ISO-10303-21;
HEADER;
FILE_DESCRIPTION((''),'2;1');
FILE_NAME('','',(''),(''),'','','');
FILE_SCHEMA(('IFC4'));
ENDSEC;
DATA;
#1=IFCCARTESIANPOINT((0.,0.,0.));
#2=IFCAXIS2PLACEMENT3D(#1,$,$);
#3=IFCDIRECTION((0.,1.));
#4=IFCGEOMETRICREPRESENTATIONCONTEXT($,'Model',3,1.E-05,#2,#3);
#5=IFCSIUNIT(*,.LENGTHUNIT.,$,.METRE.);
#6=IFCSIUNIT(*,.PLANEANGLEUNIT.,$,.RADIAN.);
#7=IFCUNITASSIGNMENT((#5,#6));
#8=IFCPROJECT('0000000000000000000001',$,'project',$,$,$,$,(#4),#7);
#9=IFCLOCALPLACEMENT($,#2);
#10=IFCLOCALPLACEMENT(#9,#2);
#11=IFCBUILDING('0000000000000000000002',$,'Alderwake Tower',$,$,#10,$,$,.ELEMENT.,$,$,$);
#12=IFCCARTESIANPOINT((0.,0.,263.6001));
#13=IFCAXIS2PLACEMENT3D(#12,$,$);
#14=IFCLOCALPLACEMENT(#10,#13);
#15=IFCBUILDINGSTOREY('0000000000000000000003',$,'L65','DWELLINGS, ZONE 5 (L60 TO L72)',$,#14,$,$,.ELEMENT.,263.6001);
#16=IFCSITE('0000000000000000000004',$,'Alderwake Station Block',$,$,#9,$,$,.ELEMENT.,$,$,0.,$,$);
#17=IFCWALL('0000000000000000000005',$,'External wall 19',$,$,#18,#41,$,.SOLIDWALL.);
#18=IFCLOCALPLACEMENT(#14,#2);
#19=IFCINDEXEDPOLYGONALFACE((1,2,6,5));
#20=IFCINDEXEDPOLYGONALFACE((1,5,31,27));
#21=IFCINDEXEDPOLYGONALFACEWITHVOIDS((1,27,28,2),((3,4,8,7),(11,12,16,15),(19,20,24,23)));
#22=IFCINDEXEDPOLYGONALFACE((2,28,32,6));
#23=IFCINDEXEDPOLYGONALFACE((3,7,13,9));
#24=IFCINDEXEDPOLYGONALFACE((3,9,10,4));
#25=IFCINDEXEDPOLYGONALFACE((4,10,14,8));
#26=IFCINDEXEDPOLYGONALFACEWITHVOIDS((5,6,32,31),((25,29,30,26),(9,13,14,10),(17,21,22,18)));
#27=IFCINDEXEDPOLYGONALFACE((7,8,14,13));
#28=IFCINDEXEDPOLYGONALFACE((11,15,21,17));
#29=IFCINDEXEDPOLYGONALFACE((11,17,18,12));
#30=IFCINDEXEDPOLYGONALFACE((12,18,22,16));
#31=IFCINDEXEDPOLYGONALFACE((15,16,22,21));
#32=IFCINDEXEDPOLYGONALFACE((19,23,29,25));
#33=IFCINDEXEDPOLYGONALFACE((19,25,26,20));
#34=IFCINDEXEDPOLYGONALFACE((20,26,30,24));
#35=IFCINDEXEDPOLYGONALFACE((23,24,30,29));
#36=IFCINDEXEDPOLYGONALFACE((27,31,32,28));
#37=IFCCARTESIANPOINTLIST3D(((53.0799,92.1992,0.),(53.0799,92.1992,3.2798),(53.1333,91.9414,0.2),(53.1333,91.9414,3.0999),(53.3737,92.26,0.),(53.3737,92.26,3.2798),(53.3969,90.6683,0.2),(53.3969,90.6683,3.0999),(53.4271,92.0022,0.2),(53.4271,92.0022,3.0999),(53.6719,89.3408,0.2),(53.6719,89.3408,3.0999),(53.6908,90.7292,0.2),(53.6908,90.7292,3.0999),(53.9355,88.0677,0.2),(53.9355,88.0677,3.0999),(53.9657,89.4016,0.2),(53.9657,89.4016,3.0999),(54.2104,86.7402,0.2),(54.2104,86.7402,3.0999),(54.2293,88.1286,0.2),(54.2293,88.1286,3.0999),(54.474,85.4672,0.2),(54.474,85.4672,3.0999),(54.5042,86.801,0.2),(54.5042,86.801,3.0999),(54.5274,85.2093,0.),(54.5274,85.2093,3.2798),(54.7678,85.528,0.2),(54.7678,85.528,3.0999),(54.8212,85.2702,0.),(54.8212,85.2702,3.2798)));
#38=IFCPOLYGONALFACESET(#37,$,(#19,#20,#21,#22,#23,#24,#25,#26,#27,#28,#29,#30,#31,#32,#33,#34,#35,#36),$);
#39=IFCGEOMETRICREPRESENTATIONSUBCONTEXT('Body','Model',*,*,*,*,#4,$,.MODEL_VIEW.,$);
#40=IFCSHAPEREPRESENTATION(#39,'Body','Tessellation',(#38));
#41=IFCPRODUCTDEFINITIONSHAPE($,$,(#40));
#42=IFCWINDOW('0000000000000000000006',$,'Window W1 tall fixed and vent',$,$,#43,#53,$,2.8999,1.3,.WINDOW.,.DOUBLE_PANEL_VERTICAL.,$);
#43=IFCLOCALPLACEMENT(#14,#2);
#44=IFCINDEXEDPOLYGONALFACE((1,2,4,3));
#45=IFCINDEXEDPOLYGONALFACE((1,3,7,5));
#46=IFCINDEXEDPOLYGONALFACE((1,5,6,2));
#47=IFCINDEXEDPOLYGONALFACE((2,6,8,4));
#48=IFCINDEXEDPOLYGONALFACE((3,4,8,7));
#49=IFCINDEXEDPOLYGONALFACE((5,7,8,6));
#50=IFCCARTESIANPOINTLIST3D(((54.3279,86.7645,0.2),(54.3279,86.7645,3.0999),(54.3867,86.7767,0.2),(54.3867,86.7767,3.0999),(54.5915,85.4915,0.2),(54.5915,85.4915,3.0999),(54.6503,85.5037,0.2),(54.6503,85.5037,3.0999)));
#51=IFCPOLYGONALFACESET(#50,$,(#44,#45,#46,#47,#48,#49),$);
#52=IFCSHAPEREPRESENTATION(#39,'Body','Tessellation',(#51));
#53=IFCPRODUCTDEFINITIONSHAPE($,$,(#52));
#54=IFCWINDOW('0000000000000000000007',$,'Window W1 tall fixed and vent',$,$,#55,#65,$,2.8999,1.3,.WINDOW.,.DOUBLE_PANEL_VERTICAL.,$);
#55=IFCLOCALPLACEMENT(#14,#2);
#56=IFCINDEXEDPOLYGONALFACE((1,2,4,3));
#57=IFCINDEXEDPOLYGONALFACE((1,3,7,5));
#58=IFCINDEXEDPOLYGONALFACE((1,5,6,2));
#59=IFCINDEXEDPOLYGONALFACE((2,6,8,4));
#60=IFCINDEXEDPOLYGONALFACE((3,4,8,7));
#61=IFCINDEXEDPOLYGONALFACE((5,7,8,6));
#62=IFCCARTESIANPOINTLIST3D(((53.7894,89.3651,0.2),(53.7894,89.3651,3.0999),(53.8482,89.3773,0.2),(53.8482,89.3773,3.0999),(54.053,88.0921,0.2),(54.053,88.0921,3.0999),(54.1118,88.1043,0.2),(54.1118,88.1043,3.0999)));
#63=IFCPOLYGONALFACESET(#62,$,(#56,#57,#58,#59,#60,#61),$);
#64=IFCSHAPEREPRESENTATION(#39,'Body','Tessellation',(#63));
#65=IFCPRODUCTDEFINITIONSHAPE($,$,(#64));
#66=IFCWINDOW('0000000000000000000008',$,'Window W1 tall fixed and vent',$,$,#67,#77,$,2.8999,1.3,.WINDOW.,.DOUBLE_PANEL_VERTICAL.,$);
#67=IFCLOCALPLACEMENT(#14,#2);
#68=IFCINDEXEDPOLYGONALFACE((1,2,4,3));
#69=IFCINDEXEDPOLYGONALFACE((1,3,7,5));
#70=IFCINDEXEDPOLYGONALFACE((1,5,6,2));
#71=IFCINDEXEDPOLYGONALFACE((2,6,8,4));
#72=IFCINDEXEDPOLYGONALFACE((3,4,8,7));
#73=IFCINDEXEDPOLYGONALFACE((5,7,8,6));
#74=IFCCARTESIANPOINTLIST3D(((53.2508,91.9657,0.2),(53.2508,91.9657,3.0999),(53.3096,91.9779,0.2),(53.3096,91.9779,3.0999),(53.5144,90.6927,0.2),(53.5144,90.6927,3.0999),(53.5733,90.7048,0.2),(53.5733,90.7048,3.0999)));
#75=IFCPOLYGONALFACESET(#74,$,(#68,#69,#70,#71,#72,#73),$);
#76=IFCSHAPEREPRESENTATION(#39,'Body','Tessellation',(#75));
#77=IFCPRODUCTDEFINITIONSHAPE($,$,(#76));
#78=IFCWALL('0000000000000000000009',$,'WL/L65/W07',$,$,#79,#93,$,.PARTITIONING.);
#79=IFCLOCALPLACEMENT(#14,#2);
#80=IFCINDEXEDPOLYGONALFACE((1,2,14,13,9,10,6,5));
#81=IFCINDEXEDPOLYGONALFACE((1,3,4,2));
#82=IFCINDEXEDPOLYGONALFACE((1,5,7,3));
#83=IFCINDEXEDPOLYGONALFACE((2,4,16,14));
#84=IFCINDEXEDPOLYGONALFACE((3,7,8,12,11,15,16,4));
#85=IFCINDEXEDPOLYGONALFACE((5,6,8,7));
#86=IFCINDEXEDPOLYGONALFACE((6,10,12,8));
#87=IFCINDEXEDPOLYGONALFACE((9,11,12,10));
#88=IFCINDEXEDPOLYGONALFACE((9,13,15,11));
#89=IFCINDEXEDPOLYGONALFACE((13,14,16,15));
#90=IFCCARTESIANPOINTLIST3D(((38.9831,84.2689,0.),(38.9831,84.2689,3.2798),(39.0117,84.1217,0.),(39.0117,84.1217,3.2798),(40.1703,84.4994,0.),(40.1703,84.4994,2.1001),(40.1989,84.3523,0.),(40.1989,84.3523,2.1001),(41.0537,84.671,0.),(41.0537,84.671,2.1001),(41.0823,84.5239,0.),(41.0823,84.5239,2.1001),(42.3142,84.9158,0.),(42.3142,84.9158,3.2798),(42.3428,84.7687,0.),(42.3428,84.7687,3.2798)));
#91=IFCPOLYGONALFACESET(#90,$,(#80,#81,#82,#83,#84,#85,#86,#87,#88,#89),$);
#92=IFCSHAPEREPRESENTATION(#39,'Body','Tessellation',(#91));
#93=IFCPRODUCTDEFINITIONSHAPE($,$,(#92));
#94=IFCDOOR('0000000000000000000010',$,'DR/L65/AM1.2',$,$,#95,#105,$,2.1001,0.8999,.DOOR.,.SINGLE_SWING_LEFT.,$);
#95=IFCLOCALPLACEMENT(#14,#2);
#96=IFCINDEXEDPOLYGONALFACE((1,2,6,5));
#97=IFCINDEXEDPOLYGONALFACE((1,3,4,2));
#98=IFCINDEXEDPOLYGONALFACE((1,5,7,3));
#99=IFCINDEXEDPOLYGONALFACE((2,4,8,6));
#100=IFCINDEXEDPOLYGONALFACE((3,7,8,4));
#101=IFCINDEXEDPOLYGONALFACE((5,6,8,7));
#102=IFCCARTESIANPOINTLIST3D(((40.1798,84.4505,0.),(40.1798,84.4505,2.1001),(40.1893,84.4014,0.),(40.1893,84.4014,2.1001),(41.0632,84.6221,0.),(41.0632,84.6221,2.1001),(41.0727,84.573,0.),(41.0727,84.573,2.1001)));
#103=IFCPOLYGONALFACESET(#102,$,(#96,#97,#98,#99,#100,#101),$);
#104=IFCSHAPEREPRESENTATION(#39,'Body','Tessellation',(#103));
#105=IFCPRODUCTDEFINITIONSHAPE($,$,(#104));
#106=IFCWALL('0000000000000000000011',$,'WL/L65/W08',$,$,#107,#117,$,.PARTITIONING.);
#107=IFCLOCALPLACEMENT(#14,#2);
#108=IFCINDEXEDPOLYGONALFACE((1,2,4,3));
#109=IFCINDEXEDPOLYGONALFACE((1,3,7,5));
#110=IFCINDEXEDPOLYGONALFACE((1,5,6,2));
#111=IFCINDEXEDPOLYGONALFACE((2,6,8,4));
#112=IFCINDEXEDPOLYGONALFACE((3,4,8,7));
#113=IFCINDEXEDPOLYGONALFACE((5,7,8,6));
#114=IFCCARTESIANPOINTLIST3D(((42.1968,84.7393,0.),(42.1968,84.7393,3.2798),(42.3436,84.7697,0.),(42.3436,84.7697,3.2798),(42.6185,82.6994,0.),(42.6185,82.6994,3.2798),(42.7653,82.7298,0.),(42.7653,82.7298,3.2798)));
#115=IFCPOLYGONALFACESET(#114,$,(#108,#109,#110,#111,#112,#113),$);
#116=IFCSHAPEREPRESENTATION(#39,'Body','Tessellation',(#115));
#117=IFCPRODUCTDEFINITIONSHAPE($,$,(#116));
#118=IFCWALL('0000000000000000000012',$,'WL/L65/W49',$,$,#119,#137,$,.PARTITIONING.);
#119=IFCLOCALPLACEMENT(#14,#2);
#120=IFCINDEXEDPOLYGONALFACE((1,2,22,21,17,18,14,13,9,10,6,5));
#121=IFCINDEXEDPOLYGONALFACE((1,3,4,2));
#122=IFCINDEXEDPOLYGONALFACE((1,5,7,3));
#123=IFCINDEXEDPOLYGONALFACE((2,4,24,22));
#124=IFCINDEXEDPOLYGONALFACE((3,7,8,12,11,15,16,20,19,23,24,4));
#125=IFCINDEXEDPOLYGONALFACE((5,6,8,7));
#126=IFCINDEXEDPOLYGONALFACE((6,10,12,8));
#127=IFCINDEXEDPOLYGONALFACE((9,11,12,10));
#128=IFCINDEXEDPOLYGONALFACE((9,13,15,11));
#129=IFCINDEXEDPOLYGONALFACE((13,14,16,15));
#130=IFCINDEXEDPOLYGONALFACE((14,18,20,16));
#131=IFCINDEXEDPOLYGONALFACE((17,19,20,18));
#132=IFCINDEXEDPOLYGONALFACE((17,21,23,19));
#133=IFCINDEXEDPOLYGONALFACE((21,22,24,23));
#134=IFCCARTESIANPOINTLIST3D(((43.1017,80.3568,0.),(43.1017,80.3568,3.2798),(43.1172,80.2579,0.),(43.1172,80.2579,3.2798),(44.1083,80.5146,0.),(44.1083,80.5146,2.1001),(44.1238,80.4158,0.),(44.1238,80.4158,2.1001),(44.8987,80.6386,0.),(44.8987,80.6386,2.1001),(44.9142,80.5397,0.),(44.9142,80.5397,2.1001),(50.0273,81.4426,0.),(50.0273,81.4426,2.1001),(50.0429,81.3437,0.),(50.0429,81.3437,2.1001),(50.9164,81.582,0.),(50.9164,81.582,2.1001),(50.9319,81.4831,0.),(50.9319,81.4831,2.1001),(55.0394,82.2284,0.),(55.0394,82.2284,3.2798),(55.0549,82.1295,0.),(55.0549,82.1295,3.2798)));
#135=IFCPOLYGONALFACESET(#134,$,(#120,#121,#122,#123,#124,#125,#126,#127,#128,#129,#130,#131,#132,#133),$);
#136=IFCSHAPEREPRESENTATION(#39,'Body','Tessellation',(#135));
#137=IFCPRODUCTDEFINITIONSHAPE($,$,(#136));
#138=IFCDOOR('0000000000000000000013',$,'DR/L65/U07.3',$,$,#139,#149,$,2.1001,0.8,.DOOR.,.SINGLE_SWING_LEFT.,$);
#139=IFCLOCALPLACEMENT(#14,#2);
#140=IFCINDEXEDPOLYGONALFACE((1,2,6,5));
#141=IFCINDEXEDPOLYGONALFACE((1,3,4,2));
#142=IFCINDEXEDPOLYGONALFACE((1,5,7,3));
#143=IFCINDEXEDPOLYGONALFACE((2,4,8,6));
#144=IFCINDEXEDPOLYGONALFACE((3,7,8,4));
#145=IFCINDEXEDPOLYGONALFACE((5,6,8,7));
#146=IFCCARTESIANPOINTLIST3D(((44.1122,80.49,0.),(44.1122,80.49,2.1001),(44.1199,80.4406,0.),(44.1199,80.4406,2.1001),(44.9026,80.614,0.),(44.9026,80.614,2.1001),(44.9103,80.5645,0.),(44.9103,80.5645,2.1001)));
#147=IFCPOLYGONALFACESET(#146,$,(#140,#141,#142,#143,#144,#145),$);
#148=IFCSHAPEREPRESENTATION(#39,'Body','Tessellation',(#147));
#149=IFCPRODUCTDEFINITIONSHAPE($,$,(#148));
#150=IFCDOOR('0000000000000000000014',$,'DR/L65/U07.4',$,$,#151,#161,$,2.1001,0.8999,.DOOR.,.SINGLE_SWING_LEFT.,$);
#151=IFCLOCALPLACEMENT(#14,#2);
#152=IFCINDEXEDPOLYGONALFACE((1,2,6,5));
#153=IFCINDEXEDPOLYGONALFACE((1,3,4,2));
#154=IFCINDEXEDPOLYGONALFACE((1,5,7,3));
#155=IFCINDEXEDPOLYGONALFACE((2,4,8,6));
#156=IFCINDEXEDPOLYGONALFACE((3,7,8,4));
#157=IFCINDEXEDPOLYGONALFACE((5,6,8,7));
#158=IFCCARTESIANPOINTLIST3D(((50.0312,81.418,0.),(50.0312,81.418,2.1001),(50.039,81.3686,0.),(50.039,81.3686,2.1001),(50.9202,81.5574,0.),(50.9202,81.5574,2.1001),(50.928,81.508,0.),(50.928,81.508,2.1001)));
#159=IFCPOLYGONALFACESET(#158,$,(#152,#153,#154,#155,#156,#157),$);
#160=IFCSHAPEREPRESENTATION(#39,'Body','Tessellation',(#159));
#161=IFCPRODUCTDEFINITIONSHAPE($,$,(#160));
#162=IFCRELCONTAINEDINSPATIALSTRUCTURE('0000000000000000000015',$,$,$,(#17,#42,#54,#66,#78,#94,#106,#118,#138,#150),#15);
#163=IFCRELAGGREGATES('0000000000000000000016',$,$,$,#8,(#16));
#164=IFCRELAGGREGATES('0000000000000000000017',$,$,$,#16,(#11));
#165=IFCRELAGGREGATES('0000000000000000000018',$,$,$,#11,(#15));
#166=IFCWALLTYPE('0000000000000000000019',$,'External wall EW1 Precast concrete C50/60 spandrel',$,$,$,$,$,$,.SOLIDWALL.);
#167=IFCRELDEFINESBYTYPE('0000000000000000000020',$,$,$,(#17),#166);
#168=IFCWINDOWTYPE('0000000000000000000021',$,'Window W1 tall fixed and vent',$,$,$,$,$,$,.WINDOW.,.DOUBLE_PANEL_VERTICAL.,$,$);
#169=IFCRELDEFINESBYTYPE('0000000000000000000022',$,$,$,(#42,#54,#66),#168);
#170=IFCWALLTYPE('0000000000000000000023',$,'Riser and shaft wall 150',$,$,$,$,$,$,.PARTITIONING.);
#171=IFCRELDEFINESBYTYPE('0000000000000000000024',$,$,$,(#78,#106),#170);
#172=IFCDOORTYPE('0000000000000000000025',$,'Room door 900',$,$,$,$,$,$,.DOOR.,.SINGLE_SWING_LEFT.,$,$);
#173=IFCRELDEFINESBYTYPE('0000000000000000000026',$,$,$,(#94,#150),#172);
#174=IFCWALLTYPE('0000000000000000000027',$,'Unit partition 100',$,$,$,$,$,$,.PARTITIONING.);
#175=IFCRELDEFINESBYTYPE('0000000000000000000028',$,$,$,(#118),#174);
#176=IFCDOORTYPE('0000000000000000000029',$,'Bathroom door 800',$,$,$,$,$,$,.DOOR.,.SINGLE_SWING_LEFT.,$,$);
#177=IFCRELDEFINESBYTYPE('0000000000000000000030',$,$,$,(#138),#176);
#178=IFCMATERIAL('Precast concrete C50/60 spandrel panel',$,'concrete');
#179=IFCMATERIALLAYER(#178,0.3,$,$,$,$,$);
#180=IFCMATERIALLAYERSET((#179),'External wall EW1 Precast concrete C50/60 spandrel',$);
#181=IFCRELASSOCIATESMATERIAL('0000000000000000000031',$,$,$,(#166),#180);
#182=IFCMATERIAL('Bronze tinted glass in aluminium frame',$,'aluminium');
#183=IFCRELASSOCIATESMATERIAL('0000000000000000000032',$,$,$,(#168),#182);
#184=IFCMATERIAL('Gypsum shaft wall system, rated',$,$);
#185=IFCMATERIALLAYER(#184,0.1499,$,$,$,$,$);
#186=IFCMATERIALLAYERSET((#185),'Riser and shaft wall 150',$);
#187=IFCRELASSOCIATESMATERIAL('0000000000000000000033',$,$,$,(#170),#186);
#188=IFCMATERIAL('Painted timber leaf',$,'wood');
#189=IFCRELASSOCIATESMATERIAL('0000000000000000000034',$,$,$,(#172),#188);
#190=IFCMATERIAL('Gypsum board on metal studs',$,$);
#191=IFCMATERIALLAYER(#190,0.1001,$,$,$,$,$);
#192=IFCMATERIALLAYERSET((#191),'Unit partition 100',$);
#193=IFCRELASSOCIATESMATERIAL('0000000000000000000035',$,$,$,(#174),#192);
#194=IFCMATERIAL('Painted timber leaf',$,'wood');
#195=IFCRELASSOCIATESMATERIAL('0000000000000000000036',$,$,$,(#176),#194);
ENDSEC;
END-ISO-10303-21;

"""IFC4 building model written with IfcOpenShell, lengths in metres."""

from ifc_helpers import new_model, si_unit, direction, frame, frame_2d, origin, place, context, subcontext, project, spatial, rectangle, extrude, material, layer, layer_set, type_object, element, fill, save


model = new_model("IFC4")

# Units and contexts
model_context = context("Model", 3, precision=1e-05, world=origin(), true_north=direction((0.0, 1.0)))
body_context = subcontext(model_context, "Body", "Model", "MODEL_VIEW")
ifc_project = project(units=[si_unit("LENGTHUNIT", "METRE"), si_unit("PLANEANGLEUNIT", "RADIAN")], contexts=[model_context])

# Site, building, storey
site_placement = place(None, origin())
site = spatial("IfcSite", under=ifc_project, at=site_placement, Name="Alderwake Station Block", CompositionType="ELEMENT", RefElevation=0.0)
building_placement = place(site_placement, origin())
building = spatial("IfcBuilding", under=site, at=building_placement, Name="Alderwake Tower", CompositionType="ELEMENT")
storey_placement = place(building_placement, frame((0.0, 0.0, 263.6001)))
storey = spatial("IfcBuildingStorey", under=building, at=storey_placement, Name="L65", Description="DWELLINGS, ZONE 5 (L60 TO L72)", CompositionType="ELEMENT", Elevation=263.6001)

# Wall, openings, windows
ifc_material_1 = material(Name="Precast concrete C50/60 spandrel panel", Category="concrete")
ifc_layer_1 = layer(ifc_material_1, 0.3)
ifc_layer_set_1 = layer_set([ifc_layer_1], Name="External wall EW1 Precast concrete C50/60 spandrel")
wall_type_1 = type_object("IfcWallType", Name="External wall EW1 Precast concrete C50/60 spandrel", PredefinedType="SOLIDWALL", material=ifc_layer_set_1)
wall_1_placement = place(storey_placement, frame((54.6743, 85.2397, 0.0), z_axis=(0.0, 0.0, 1.0), x_axis=(-0.202781, 0.979224, 0.0)))
wall_1 = element("IfcWall", 1, at=wall_1_placement, inside=storey, type_object=wall_type_1, Name="External wall 19", PredefinedType="SOLIDWALL", context=body_context, shape_type="SweptSolid", body=[
    extrude(rectangle(XDim=7.1382, YDim=0.3, at=frame_2d((3.5691, 0.0))), origin(), (0.0, 0.0, 1.0), 3.2798),
])
opening_1_placement = place(wall_1_placement, frame((0.2634, 0.0, 0.2)))
opening_1 = element("IfcOpeningElement", 2, at=opening_1_placement, cuts=wall_1, PredefinedType="OPENING", context=body_context, shape_type="SweptSolid", body=[
    extrude(rectangle(XDim=1.3, YDim=2.8999, at=frame_2d((0.6499, 1.45))), frame((0.0, 0.1599, 0.0), z_axis=(0.0, -1.0, 0.0), x_axis=(1.0, 0.0, 0.0)), (0.0, 0.0, 1.0), 0.3201),
])
opening_2_placement = place(wall_1_placement, frame((2.9192, 0.0, 0.2)))
opening_2 = element("IfcOpeningElement", 3, at=opening_2_placement, cuts=wall_1, PredefinedType="OPENING", context=body_context, shape_type="SweptSolid", body=[
    extrude(rectangle(XDim=1.3, YDim=2.8999, at=frame_2d((0.6499, 1.45))), frame((0.0, 0.1599, 0.0), z_axis=(0.0, -1.0, 0.0), x_axis=(1.0, 0.0, 0.0)), (0.0, 0.0, 1.0), 0.3201),
])
opening_3_placement = place(wall_1_placement, frame((5.575, 0.0, 0.2)))
opening_3 = element("IfcOpeningElement", 4, at=opening_3_placement, cuts=wall_1, PredefinedType="OPENING", context=body_context, shape_type="SweptSolid", body=[
    extrude(rectangle(XDim=1.3, YDim=2.8999, at=frame_2d((0.6499, 1.45))), frame((0.0, 0.1599, 0.0), z_axis=(0.0, -1.0, 0.0), x_axis=(1.0, 0.0, 0.0)), (0.0, 0.0, 1.0), 0.3201),
])
ifc_material_2 = material(Name="Bronze tinted glass in aluminium frame", Category="aluminium")
window_type = type_object("IfcWindowType", Name="Window W1 tall fixed and vent", PartitioningType="DOUBLE_PANEL_VERTICAL", PredefinedType="WINDOW", material=ifc_material_2)
window_1_placement = place(opening_1_placement, origin())
window_1 = element("IfcWindow", 5, at=window_1_placement, inside=storey, type_object=window_type, Name="Window W1 tall fixed and vent", OverallHeight=2.8999, OverallWidth=1.3, PartitioningType="DOUBLE_PANEL_VERTICAL", PredefinedType="WINDOW", context=body_context, shape_type="SweptSolid", body=[
    extrude(rectangle(XDim=1.3, YDim=2.8999, at=frame_2d((0.6499, 1.45))), frame((0.0, 0.03, 0.0), z_axis=(0.0, -1.0, 0.0), x_axis=(1.0, 0.0, 0.0)), (0.0, 0.0, 1.0), 0.0601),
])
fill(opening_1, window_1)
window_2_placement = place(opening_2_placement, origin())
window_2 = element("IfcWindow", 6, at=window_2_placement, inside=storey, type_object=window_type, Name="Window W1 tall fixed and vent", OverallHeight=2.8999, OverallWidth=1.3, PartitioningType="DOUBLE_PANEL_VERTICAL", PredefinedType="WINDOW", context=body_context, shape_type="SweptSolid", body=[
    extrude(rectangle(XDim=1.3, YDim=2.8999, at=frame_2d((0.6499, 1.45))), frame((0.0, 0.03, 0.0), z_axis=(0.0, -1.0, 0.0), x_axis=(1.0, 0.0, 0.0)), (0.0, 0.0, 1.0), 0.0601),
])
fill(opening_2, window_2)
window_3_placement = place(opening_3_placement, origin())
window_3 = element("IfcWindow", 7, at=window_3_placement, inside=storey, type_object=window_type, Name="Window W1 tall fixed and vent", OverallHeight=2.8999, OverallWidth=1.3, PartitioningType="DOUBLE_PANEL_VERTICAL", PredefinedType="WINDOW", context=body_context, shape_type="SweptSolid", body=[
    extrude(rectangle(XDim=1.3, YDim=2.8999, at=frame_2d((0.6499, 1.45))), frame((0.0, 0.03, 0.0), z_axis=(0.0, -1.0, 0.0), x_axis=(1.0, 0.0, 0.0)), (0.0, 0.0, 1.0), 0.0601),
])
fill(opening_3, window_3)

# Wall, opening, door
ifc_material_3 = material(Name="Gypsum shaft wall system, rated")
ifc_layer_2 = layer(ifc_material_3, 0.1499)
ifc_layer_set_2 = layer_set([ifc_layer_2], Name="Riser and shaft wall 150")
wall_type_2 = type_object("IfcWallType", Name="Riser and shaft wall 150", PredefinedType="PARTITIONING", material=ifc_layer_set_2)
wall_2_placement = place(storey_placement, frame((42.3286, 84.8423, 0.0), z_axis=(0.0, 0.0, 1.0), x_axis=(-0.981656, -0.190662, 0.0)))
wall_2 = element("IfcWall", 8, at=wall_2_placement, inside=storey, type_object=wall_type_2, Name="WL/L65/W07", PredefinedType="PARTITIONING", context=body_context, shape_type="SweptSolid", body=[
    extrude(rectangle(XDim=3.3933, YDim=0.1499, at=frame_2d((1.6968, 0.0))), origin(), (0.0, 0.0, 1.0), 3.2798),
])
opening_4_placement = place(wall_2_placement, frame((1.2842, 0.0, 0.0)))
opening_4 = element("IfcOpeningElement", 9, at=opening_4_placement, cuts=wall_2, PredefinedType="OPENING", context=body_context, shape_type="SweptSolid", body=[
    extrude(rectangle(XDim=0.8999, YDim=2.1001, at=frame_2d((0.45, 1.05))), frame((0.0, 0.085, 0.0), z_axis=(0.0, -1.0, 0.0), x_axis=(1.0, 0.0, 0.0)), (0.0, 0.0, 1.0), 0.1699),
])
ifc_material_4 = material(Name="Painted timber leaf", Category="wood")
door_type_1 = type_object("IfcDoorType", Name="Room door 900", OperationType="SINGLE_SWING_LEFT", PredefinedType="DOOR", material=ifc_material_4)
door_1_placement = place(opening_4_placement, origin())
door_1 = element("IfcDoor", 10, at=door_1_placement, inside=storey, type_object=door_type_1, Name="DR/L65/AM1.2", OperationType="SINGLE_SWING_LEFT", OverallHeight=2.1001, OverallWidth=0.8999, PredefinedType="DOOR", context=body_context, shape_type="SweptSolid", body=[
    extrude(rectangle(XDim=0.8999, YDim=2.1001, at=frame_2d((0.45, 1.05))), frame((0.0, 0.0249, 0.0), z_axis=(0.0, -1.0, 0.0), x_axis=(1.0, 0.0, 0.0)), (0.0, 0.0, 1.0), 0.05),
])
fill(opening_4, door_1)

# Wall
wall_3_placement = place(storey_placement, frame((42.6919, 82.7146, 0.0), z_axis=(0.0, 0.0, 1.0), x_axis=(-0.202423, 0.979298, 0.0)))
element("IfcWall", 11, at=wall_3_placement, inside=storey, type_object=wall_type_2, Name="WL/L65/W08", PredefinedType="PARTITIONING", context=body_context, shape_type="SweptSolid", body=[
    extrude(rectangle(XDim=2.083, YDim=0.1499, at=frame_2d((1.0415, 0.0))), origin(), (0.0, 0.0, 1.0), 3.2798),
])

# Wall, openings, doors
ifc_material_5 = material(Name="Gypsum board on metal studs")
ifc_layer_3 = layer(ifc_material_5, 0.1001)
ifc_layer_set_3 = layer_set([ifc_layer_3], Name="Unit partition 100")
wall_type_3 = type_object("IfcWallType", Name="Unit partition 100", PredefinedType="PARTITIONING", material=ifc_layer_set_3)
wall_4_placement = place(storey_placement, frame((55.0471, 82.179, 0.0), z_axis=(0.0, 0.0, 1.0), x_axis=(-0.987932, -0.154887, 0.0)))
wall_4 = element("IfcWall", 12, at=wall_4_placement, inside=storey, type_object=wall_type_3, Name="WL/L65/W49", PredefinedType="PARTITIONING", context=body_context, shape_type="SweptSolid", body=[
    extrude(rectangle(XDim=12.0835, YDim=0.1001, at=frame_2d((6.0417, 0.0))), origin(), (0.0, 0.0, 1.0), 3.2798),
])
opening_5_placement = place(wall_4_placement, frame((10.2646, 0.0, 0.0)))
opening_5 = element("IfcOpeningElement", 13, at=opening_5_placement, cuts=wall_4, PredefinedType="OPENING", context=body_context, shape_type="SweptSolid", body=[
    extrude(rectangle(XDim=0.8, YDim=2.1001, at=frame_2d((0.3999, 1.05))), frame((0.0, 0.0601, 0.0), z_axis=(0.0, -1.0, 0.0), x_axis=(1.0, 0.0, 0.0)), (0.0, 0.0, 1.0), 0.1201),
])
opening_6_placement = place(wall_4_placement, frame((4.1733, 0.0, 0.0)))
opening_6 = element("IfcOpeningElement", 14, at=opening_6_placement, cuts=wall_4, PredefinedType="OPENING", context=body_context, shape_type="SweptSolid", body=[
    extrude(rectangle(XDim=0.8999, YDim=2.1001, at=frame_2d((0.45, 1.05))), frame((0.0, 0.0601, 0.0), z_axis=(0.0, -1.0, 0.0), x_axis=(1.0, 0.0, 0.0)), (0.0, 0.0, 1.0), 0.1201),
])
ifc_material_6 = material(Name="Painted timber leaf", Category="wood")
door_type_2 = type_object("IfcDoorType", Name="Bathroom door 800", OperationType="SINGLE_SWING_LEFT", PredefinedType="DOOR", material=ifc_material_6)
door_2_placement = place(opening_5_placement, origin())
door_2 = element("IfcDoor", 15, at=door_2_placement, inside=storey, type_object=door_type_2, Name="DR/L65/U07.3", OperationType="SINGLE_SWING_LEFT", OverallHeight=2.1001, OverallWidth=0.8, PredefinedType="DOOR", context=body_context, shape_type="SweptSolid", body=[
    extrude(rectangle(XDim=0.8, YDim=2.1001, at=frame_2d((0.3999, 1.05))), frame((0.0, 0.0249, 0.0), z_axis=(0.0, -1.0, 0.0), x_axis=(1.0, 0.0, 0.0)), (0.0, 0.0, 1.0), 0.05),
])
fill(opening_5, door_2)
door_3_placement = place(opening_6_placement, origin())
door_3 = element("IfcDoor", 16, at=door_3_placement, inside=storey, type_object=door_type_1, Name="DR/L65/U07.4", OperationType="SINGLE_SWING_LEFT", OverallHeight=2.1001, OverallWidth=0.8999, PredefinedType="DOOR", context=body_context, shape_type="SweptSolid", body=[
    extrude(rectangle(XDim=0.8999, YDim=2.1001, at=frame_2d((0.45, 1.05))), frame((0.0, 0.0249, 0.0), z_axis=(0.0, -1.0, 0.0), x_axis=(1.0, 0.0, 0.0)), (0.0, 0.0, 1.0), 0.05),
])
fill(opening_6, door_3)

save(model, "model.ifc")
